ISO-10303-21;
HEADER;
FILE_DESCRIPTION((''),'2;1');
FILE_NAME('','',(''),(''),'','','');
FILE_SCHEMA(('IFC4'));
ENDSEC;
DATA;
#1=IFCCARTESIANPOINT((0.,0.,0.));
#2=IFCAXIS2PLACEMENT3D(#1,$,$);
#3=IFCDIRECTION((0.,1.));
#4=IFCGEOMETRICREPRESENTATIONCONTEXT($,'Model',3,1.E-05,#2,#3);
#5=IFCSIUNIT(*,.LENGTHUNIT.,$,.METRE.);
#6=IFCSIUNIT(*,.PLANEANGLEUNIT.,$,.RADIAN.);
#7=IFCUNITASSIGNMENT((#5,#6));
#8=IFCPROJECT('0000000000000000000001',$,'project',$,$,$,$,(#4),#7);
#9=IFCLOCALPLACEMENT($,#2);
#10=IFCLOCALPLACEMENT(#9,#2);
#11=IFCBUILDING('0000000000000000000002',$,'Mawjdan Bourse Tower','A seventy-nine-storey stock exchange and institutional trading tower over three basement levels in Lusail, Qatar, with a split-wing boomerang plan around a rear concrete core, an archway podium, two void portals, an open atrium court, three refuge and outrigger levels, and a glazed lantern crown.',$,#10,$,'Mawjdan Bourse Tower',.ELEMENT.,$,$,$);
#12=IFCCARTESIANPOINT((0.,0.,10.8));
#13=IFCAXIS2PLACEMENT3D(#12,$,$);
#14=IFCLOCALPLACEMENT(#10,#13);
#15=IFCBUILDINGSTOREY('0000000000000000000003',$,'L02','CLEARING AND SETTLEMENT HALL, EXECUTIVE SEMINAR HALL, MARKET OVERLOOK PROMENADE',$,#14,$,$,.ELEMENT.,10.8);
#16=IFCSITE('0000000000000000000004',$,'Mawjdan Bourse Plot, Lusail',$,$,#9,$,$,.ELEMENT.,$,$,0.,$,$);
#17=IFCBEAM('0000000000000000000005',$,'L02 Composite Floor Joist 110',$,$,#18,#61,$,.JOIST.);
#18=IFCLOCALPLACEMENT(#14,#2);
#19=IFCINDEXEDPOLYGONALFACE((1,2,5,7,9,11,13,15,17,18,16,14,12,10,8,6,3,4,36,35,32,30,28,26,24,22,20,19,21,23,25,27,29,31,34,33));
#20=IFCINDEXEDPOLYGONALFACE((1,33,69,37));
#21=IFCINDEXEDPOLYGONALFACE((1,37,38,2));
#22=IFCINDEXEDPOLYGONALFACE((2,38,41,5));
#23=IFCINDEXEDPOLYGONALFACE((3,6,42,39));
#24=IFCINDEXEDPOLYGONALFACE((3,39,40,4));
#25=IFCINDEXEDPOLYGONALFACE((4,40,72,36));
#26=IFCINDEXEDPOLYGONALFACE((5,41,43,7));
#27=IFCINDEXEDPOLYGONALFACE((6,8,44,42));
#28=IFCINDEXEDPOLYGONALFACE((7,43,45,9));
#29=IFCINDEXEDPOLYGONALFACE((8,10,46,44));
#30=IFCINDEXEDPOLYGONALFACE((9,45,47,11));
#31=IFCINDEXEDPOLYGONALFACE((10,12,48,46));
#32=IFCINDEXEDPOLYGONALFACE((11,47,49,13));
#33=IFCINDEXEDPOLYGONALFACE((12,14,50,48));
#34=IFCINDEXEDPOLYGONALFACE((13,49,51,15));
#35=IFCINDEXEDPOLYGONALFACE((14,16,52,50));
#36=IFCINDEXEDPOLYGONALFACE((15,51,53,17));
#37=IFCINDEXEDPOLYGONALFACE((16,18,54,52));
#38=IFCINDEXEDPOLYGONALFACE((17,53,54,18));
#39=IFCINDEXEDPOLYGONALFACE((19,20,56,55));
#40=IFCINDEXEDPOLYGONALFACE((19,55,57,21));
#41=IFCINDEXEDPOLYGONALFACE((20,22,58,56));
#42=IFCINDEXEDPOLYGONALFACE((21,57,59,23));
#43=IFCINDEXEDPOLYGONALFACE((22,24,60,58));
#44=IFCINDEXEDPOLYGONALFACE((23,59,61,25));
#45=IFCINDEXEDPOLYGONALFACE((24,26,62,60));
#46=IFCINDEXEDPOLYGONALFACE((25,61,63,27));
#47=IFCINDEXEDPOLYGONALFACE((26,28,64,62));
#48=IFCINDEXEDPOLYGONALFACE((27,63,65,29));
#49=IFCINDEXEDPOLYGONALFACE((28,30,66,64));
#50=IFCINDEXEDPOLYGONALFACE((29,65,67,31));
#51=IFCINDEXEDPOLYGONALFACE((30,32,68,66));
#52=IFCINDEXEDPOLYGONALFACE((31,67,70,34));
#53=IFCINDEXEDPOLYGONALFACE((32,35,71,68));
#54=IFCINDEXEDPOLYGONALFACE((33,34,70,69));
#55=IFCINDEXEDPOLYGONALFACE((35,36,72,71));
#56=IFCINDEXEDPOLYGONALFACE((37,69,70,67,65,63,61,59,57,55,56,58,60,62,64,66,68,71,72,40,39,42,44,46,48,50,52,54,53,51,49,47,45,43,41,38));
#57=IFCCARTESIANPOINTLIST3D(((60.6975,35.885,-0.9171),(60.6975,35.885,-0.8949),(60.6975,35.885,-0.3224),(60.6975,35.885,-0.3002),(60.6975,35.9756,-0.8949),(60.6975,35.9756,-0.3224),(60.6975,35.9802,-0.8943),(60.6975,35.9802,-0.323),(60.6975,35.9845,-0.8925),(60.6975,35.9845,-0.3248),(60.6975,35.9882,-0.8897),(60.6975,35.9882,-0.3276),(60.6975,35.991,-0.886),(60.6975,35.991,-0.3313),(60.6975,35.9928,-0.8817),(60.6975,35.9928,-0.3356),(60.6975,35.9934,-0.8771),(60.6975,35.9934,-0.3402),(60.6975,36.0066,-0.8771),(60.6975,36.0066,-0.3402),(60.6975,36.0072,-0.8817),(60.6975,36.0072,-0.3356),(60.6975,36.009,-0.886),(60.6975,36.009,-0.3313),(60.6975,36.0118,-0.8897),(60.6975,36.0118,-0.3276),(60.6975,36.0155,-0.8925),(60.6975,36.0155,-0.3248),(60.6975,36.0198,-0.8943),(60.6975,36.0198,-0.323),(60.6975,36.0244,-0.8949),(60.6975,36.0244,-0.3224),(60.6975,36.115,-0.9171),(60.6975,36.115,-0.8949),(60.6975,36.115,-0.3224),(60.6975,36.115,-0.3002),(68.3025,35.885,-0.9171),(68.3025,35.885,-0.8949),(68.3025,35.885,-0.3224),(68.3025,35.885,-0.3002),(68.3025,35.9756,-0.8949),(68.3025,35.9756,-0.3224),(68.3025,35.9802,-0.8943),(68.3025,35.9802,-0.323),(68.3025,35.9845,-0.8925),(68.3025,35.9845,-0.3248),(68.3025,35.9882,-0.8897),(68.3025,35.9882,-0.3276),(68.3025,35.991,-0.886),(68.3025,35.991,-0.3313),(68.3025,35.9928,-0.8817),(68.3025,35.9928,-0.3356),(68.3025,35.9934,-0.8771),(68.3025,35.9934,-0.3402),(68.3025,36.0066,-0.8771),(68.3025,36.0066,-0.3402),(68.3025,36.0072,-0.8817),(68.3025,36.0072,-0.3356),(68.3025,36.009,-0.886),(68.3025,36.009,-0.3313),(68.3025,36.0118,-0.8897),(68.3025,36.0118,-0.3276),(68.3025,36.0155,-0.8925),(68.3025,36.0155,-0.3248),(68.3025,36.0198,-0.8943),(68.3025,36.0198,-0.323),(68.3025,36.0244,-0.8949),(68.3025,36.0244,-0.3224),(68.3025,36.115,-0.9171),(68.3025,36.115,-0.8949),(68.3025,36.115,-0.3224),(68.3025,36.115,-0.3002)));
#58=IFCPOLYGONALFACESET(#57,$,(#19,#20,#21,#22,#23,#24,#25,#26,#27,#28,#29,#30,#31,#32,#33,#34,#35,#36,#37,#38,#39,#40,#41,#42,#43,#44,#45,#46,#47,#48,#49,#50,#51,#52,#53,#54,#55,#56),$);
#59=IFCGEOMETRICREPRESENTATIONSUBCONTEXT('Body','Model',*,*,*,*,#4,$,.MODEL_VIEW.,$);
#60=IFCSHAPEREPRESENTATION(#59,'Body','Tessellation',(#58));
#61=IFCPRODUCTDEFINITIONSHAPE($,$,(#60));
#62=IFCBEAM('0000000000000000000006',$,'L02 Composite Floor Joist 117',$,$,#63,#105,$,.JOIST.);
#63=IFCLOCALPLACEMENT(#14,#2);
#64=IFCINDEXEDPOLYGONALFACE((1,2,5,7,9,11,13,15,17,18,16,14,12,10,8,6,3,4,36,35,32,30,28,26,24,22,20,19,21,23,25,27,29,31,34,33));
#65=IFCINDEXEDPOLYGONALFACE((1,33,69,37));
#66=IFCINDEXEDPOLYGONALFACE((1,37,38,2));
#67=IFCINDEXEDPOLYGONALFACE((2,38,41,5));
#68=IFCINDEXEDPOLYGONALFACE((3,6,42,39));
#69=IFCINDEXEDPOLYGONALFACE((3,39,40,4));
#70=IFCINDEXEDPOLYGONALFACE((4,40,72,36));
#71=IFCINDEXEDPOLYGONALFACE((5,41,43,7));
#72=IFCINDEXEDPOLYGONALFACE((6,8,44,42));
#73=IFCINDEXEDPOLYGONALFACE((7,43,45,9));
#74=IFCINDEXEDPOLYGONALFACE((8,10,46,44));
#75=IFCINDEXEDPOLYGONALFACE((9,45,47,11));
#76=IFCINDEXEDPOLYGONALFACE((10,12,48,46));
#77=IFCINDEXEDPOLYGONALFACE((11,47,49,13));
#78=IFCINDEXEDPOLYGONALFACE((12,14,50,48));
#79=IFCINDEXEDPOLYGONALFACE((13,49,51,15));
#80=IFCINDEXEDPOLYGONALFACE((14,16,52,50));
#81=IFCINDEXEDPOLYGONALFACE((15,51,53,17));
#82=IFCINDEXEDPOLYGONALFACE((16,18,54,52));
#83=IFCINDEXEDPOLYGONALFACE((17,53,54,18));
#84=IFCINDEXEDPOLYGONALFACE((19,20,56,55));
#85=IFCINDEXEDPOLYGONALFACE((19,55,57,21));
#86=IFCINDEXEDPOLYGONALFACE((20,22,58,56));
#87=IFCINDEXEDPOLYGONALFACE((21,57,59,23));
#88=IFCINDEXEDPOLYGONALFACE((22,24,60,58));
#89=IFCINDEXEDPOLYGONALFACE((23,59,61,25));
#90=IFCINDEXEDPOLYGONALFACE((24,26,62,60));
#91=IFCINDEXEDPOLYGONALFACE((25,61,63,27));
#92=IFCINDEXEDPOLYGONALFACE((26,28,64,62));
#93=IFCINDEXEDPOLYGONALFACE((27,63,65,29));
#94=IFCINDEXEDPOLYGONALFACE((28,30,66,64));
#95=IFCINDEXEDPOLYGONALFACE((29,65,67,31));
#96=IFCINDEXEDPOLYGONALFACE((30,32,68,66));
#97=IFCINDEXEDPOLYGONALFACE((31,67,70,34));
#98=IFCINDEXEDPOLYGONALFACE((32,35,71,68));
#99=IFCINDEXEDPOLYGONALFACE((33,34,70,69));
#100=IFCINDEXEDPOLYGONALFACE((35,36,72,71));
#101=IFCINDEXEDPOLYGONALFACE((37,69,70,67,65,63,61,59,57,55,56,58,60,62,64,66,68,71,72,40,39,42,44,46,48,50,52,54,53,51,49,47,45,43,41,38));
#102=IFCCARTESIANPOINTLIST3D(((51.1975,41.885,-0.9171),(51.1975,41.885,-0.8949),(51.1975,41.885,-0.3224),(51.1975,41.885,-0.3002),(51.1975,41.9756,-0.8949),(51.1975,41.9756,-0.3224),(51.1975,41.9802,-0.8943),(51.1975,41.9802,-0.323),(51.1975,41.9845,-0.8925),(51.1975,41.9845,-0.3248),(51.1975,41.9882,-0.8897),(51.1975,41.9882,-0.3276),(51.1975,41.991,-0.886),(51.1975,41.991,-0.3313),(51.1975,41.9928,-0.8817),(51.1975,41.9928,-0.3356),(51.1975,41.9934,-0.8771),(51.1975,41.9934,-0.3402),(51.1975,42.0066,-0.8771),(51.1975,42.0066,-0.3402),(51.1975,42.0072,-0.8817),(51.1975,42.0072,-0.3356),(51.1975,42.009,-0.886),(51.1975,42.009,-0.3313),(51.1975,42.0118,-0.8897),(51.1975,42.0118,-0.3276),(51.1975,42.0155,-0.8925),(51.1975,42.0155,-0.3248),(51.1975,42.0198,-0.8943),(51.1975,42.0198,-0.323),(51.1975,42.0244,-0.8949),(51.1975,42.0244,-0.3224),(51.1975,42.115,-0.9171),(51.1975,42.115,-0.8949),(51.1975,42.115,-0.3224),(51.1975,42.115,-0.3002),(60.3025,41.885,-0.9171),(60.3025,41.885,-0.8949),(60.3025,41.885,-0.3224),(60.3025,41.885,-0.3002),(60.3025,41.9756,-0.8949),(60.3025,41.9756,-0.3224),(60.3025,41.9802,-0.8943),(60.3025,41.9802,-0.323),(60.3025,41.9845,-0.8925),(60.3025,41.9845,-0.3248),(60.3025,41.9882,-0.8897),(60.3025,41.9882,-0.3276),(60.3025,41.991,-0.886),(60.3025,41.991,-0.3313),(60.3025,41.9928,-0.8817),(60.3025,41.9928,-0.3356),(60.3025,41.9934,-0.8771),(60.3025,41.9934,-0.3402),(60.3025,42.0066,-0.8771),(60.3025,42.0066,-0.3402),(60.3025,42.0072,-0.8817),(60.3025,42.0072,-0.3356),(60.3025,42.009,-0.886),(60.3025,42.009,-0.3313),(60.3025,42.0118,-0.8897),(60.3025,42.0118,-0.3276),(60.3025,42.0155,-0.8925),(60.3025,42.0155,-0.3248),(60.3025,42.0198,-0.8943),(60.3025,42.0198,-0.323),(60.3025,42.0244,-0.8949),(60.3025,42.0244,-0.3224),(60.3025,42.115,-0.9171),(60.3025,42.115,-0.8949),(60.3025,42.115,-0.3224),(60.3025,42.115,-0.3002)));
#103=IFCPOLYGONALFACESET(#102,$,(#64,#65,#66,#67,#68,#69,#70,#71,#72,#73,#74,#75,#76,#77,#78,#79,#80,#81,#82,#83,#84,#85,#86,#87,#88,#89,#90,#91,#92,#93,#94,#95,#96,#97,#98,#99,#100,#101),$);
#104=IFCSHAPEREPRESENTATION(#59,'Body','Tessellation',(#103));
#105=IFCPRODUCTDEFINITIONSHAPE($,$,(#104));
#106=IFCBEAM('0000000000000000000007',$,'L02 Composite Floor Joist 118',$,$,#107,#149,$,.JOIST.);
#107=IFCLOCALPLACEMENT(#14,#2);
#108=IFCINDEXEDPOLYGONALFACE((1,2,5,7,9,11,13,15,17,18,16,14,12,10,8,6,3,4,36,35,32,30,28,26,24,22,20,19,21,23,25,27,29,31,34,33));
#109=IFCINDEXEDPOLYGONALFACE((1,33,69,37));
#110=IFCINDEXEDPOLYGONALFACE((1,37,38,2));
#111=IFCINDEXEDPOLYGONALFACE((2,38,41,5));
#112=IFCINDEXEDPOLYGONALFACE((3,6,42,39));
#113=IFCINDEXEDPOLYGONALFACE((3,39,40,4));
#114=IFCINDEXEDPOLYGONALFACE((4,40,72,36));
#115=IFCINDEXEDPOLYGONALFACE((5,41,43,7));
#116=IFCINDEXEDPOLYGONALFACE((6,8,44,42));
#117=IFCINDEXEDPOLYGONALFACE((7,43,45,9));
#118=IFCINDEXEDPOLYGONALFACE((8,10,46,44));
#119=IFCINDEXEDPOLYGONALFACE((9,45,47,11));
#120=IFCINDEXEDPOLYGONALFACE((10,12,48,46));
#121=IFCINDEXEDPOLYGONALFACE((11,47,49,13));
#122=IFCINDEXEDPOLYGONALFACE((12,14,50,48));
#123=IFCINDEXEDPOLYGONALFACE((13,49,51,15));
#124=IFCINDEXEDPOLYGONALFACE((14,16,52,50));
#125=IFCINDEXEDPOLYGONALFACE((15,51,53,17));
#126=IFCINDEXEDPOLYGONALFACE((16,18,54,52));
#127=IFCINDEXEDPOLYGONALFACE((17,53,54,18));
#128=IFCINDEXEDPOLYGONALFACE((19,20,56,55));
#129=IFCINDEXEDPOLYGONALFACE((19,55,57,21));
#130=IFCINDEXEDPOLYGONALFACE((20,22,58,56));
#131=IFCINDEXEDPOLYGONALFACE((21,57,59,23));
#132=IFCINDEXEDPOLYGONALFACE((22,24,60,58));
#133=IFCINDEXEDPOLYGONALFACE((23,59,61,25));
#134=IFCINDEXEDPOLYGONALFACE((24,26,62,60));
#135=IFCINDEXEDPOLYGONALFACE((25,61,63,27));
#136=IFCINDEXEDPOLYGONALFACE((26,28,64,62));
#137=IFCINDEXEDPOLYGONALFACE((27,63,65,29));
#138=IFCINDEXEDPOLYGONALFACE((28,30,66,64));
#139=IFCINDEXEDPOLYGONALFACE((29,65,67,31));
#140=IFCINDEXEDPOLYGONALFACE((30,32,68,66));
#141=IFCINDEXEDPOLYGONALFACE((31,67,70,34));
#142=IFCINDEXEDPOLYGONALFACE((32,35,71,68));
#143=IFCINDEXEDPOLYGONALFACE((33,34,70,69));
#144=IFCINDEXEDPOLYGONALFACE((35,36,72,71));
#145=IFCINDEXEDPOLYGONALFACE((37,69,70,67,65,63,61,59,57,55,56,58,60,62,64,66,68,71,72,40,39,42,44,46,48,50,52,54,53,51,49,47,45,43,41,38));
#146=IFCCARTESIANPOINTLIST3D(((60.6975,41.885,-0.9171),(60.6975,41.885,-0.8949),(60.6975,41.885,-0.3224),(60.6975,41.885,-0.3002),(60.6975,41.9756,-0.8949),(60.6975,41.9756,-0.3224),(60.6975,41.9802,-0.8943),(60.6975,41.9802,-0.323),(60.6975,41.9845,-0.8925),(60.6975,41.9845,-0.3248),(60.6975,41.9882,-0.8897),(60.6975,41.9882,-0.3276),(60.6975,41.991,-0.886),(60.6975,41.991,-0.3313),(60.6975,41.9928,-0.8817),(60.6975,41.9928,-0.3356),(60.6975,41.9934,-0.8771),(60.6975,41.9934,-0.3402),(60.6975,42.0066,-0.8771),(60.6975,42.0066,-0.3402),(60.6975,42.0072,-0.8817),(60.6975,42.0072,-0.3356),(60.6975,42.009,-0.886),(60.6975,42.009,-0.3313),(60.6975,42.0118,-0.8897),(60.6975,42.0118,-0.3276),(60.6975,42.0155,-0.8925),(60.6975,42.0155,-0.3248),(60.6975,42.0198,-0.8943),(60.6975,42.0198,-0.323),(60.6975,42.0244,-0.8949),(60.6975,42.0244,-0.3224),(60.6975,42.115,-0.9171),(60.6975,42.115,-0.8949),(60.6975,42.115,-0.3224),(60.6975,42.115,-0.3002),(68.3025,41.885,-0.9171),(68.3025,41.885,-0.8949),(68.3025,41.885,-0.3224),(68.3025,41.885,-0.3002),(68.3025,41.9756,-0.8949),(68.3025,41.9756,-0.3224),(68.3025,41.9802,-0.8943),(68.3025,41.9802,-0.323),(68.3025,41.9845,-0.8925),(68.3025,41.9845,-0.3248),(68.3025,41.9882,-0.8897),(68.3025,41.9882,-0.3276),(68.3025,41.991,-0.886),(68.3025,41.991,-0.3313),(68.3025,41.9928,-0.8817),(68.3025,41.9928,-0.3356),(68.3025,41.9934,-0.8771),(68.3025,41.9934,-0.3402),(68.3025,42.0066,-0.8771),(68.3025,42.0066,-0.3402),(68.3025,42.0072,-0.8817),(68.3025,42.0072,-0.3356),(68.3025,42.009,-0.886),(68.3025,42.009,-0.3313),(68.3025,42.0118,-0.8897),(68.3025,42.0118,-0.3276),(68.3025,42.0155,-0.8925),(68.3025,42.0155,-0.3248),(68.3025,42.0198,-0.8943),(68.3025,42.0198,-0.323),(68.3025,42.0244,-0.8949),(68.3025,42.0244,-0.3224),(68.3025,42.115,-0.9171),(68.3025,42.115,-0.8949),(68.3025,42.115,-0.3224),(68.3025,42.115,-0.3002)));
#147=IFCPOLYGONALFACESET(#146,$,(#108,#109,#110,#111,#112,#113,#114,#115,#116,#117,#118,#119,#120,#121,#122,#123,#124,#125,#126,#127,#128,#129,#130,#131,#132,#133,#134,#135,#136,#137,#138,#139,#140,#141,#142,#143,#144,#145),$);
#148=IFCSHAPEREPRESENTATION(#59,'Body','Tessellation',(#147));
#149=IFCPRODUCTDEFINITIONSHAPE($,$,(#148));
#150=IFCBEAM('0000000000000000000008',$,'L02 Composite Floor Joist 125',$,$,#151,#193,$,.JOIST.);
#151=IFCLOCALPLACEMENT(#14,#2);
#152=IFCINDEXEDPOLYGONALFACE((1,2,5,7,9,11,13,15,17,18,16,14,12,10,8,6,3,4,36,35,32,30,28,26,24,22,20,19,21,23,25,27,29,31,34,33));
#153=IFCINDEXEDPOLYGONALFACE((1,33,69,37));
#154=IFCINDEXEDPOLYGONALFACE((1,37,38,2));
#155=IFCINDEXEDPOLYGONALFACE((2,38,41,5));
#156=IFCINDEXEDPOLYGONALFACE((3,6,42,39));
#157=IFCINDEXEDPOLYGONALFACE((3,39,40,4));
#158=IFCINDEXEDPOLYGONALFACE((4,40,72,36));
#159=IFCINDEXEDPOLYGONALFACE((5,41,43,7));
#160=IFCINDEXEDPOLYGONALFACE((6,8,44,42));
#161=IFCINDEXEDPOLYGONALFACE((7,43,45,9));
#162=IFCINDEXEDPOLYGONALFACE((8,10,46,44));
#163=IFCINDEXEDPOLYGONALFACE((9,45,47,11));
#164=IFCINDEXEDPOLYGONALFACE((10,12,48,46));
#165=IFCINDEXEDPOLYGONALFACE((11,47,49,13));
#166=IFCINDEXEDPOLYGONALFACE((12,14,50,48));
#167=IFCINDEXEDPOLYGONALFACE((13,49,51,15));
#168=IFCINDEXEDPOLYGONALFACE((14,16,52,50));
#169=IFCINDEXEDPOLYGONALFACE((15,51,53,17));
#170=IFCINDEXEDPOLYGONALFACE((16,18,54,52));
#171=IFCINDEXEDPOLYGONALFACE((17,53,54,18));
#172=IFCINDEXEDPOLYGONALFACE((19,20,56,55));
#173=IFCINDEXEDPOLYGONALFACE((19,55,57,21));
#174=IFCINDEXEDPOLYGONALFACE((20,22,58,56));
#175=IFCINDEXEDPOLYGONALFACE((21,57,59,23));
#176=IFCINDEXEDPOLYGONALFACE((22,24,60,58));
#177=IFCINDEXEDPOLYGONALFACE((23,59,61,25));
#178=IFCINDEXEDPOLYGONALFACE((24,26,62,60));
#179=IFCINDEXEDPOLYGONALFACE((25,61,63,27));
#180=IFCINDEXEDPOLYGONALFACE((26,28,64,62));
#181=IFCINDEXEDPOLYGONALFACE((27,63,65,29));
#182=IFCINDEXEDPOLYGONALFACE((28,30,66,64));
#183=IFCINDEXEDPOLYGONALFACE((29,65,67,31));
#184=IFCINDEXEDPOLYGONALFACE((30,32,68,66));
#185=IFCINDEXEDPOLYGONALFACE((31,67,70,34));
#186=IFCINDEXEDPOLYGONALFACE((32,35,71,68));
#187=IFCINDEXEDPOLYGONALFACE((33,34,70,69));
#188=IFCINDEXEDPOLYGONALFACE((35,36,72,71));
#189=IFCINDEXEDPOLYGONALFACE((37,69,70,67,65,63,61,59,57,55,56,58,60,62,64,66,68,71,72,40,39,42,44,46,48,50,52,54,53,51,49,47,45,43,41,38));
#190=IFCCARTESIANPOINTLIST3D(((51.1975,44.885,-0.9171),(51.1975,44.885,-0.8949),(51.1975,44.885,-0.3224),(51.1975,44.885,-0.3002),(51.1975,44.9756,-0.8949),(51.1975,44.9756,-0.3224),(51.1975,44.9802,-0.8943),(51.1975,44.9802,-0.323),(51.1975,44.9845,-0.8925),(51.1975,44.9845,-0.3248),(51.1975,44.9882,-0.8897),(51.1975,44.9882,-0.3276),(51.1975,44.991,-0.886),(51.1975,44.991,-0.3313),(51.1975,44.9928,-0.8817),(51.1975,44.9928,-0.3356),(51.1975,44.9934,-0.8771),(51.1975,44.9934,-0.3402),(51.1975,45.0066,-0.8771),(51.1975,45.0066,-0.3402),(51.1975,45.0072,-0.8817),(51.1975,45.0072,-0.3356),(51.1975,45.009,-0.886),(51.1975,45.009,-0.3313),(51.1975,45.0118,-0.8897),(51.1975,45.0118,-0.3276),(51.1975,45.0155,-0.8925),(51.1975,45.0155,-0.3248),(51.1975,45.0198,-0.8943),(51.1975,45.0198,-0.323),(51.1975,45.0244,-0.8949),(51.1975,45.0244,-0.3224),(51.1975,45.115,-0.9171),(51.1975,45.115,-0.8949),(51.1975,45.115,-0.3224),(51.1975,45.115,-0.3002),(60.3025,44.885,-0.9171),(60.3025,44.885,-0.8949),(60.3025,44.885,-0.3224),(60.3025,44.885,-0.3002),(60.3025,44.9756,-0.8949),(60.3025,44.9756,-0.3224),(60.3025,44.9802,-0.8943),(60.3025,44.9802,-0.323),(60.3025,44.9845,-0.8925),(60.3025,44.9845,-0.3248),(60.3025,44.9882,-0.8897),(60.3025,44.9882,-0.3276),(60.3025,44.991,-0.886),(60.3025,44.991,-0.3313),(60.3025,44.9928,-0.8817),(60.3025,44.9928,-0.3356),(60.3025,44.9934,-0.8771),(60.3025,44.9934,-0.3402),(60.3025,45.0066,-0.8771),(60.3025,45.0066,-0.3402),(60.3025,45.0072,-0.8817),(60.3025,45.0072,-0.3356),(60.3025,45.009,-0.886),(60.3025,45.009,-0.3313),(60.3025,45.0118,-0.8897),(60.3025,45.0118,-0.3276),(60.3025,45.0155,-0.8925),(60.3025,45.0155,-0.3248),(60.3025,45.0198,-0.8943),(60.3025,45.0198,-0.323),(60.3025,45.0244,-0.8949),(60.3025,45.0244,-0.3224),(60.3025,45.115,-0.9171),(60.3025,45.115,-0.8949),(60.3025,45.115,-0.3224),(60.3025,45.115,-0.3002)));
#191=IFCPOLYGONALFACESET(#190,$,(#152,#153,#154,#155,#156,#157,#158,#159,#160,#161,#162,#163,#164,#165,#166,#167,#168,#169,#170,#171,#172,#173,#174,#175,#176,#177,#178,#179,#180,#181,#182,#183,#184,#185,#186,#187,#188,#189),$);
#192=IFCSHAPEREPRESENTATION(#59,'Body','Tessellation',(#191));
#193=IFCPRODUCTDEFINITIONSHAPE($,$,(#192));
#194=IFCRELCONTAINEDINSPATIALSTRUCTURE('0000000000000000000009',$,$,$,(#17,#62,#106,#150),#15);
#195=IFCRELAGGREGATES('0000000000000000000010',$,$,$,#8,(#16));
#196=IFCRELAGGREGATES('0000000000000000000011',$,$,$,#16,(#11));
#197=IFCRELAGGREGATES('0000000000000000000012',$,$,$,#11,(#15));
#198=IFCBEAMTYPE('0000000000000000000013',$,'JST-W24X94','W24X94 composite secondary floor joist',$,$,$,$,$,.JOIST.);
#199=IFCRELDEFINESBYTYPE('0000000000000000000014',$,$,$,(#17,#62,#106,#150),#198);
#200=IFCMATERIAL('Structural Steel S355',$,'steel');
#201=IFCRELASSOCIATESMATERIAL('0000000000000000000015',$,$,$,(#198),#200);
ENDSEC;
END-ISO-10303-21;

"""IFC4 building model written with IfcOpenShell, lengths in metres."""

from ifc_helpers import new_model, si_unit, direction, frame, origin, origin_2d, place, context, subcontext, project, spatial, i_section, extrude, material, material_profile, profile_set, type_object, element, save


model = new_model("IFC4")

# Units and contexts
model_context = context("Model", 3, precision=1e-05, world=origin(), true_north=direction((0.0, 1.0)))
body_context = subcontext(model_context, "Body", "Model", "MODEL_VIEW")
ifc_project = project(units=[si_unit("LENGTHUNIT", "METRE"), si_unit("PLANEANGLEUNIT", "RADIAN")], contexts=[model_context])

# Site, building, storey
site_placement = place(None, origin())
site = spatial("IfcSite", under=ifc_project, at=site_placement, Name="Mawjdan Bourse Plot, Lusail", CompositionType="ELEMENT", RefElevation=0.0)
building_placement = place(site_placement, origin())
building = spatial("IfcBuilding", under=site, at=building_placement, Name="Mawjdan Bourse Tower", Description="A seventy-nine-storey stock exchange and institutional trading tower over three basement levels in Lusail, Qatar, with a split-wing boomerang plan around a rear concrete core, an archway podium, two void portals, an open atrium court, three refuge and outrigger levels, and a glazed lantern crown.", LongName="Mawjdan Bourse Tower", CompositionType="ELEMENT")
storey_placement = place(building_placement, frame((0.0, 0.0, 10.8)))
storey = spatial("IfcBuildingStorey", under=building, at=storey_placement, Name="L02", Description="CLEARING AND SETTLEMENT HALL, EXECUTIVE SEMINAR HALL, MARKET OVERLOOK PROMENADE", CompositionType="ELEMENT", Elevation=10.8)

# Beams
ifc_material_1 = material(Name="Structural Steel S355", Category="steel")
ifc_material_profile_1 = material_profile(ifc_material_1, i_section(OverallWidth=0.23, OverallDepth=0.6169, WebThickness=0.0132, FlangeThickness=0.0222, FilletRadius=0.0178, at=origin_2d()), Name="W24X94")
ifc_profile_set_1 = profile_set([ifc_material_profile_1], Name="Structural Steel S355")
beam_type_1 = type_object("IfcBeamType", Name="JST-W24X94", Description="W24X94 composite secondary floor joist", PredefinedType="JOIST", material=ifc_profile_set_1)
beam_1_placement = place(storey_placement, frame((60.6975, 36.0, -0.6086), z_axis=(1.0, 0.0, 0.0), x_axis=(0.0, 1.0, 0.0)))
element("IfcBeam", 1, at=beam_1_placement, inside=storey, type_object=beam_type_1, Name="L02 Composite Floor Joist 110", PredefinedType="JOIST", context=body_context, shape_type="SweptSolid", body=[
    extrude(i_section(OverallWidth=0.23, OverallDepth=0.6169, WebThickness=0.0132, FlangeThickness=0.0222, FilletRadius=0.0178, at=origin_2d()), origin(), (0.0, 0.0, 1.0), 7.605),
])
beam_2_placement = place(storey_placement, frame((51.1975, 42.0, -0.6086), z_axis=(1.0, 0.0, 0.0), x_axis=(0.0, 1.0, 0.0)))
element("IfcBeam", 2, at=beam_2_placement, inside=storey, type_object=beam_type_1, Name="L02 Composite Floor Joist 117", PredefinedType="JOIST", context=body_context, shape_type="SweptSolid", body=[
    extrude(i_section(OverallWidth=0.23, OverallDepth=0.6169, WebThickness=0.0132, FlangeThickness=0.0222, FilletRadius=0.0178, at=origin_2d()), origin(), (0.0, 0.0, 1.0), 9.105),
])
beam_3_placement = place(storey_placement, frame((60.6975, 42.0, -0.6086), z_axis=(1.0, 0.0, 0.0), x_axis=(0.0, 1.0, 0.0)))
element("IfcBeam", 3, at=beam_3_placement, inside=storey, type_object=beam_type_1, Name="L02 Composite Floor Joist 118", PredefinedType="JOIST", context=body_context, shape_type="SweptSolid", body=[
    extrude(i_section(OverallWidth=0.23, OverallDepth=0.6169, WebThickness=0.0132, FlangeThickness=0.0222, FilletRadius=0.0178, at=origin_2d()), origin(), (0.0, 0.0, 1.0), 7.605),
])
beam_4_placement = place(storey_placement, frame((51.1975, 45.0, -0.6086), z_axis=(1.0, 0.0, 0.0), x_axis=(0.0, 1.0, 0.0)))
element("IfcBeam", 4, at=beam_4_placement, inside=storey, type_object=beam_type_1, Name="L02 Composite Floor Joist 125", PredefinedType="JOIST", context=body_context, shape_type="SweptSolid", body=[
    extrude(i_section(OverallWidth=0.23, OverallDepth=0.6169, WebThickness=0.0132, FlangeThickness=0.0222, FilletRadius=0.0178, at=origin_2d()), origin(), (0.0, 0.0, 1.0), 9.105),
])

save(model, "model.ifc")
